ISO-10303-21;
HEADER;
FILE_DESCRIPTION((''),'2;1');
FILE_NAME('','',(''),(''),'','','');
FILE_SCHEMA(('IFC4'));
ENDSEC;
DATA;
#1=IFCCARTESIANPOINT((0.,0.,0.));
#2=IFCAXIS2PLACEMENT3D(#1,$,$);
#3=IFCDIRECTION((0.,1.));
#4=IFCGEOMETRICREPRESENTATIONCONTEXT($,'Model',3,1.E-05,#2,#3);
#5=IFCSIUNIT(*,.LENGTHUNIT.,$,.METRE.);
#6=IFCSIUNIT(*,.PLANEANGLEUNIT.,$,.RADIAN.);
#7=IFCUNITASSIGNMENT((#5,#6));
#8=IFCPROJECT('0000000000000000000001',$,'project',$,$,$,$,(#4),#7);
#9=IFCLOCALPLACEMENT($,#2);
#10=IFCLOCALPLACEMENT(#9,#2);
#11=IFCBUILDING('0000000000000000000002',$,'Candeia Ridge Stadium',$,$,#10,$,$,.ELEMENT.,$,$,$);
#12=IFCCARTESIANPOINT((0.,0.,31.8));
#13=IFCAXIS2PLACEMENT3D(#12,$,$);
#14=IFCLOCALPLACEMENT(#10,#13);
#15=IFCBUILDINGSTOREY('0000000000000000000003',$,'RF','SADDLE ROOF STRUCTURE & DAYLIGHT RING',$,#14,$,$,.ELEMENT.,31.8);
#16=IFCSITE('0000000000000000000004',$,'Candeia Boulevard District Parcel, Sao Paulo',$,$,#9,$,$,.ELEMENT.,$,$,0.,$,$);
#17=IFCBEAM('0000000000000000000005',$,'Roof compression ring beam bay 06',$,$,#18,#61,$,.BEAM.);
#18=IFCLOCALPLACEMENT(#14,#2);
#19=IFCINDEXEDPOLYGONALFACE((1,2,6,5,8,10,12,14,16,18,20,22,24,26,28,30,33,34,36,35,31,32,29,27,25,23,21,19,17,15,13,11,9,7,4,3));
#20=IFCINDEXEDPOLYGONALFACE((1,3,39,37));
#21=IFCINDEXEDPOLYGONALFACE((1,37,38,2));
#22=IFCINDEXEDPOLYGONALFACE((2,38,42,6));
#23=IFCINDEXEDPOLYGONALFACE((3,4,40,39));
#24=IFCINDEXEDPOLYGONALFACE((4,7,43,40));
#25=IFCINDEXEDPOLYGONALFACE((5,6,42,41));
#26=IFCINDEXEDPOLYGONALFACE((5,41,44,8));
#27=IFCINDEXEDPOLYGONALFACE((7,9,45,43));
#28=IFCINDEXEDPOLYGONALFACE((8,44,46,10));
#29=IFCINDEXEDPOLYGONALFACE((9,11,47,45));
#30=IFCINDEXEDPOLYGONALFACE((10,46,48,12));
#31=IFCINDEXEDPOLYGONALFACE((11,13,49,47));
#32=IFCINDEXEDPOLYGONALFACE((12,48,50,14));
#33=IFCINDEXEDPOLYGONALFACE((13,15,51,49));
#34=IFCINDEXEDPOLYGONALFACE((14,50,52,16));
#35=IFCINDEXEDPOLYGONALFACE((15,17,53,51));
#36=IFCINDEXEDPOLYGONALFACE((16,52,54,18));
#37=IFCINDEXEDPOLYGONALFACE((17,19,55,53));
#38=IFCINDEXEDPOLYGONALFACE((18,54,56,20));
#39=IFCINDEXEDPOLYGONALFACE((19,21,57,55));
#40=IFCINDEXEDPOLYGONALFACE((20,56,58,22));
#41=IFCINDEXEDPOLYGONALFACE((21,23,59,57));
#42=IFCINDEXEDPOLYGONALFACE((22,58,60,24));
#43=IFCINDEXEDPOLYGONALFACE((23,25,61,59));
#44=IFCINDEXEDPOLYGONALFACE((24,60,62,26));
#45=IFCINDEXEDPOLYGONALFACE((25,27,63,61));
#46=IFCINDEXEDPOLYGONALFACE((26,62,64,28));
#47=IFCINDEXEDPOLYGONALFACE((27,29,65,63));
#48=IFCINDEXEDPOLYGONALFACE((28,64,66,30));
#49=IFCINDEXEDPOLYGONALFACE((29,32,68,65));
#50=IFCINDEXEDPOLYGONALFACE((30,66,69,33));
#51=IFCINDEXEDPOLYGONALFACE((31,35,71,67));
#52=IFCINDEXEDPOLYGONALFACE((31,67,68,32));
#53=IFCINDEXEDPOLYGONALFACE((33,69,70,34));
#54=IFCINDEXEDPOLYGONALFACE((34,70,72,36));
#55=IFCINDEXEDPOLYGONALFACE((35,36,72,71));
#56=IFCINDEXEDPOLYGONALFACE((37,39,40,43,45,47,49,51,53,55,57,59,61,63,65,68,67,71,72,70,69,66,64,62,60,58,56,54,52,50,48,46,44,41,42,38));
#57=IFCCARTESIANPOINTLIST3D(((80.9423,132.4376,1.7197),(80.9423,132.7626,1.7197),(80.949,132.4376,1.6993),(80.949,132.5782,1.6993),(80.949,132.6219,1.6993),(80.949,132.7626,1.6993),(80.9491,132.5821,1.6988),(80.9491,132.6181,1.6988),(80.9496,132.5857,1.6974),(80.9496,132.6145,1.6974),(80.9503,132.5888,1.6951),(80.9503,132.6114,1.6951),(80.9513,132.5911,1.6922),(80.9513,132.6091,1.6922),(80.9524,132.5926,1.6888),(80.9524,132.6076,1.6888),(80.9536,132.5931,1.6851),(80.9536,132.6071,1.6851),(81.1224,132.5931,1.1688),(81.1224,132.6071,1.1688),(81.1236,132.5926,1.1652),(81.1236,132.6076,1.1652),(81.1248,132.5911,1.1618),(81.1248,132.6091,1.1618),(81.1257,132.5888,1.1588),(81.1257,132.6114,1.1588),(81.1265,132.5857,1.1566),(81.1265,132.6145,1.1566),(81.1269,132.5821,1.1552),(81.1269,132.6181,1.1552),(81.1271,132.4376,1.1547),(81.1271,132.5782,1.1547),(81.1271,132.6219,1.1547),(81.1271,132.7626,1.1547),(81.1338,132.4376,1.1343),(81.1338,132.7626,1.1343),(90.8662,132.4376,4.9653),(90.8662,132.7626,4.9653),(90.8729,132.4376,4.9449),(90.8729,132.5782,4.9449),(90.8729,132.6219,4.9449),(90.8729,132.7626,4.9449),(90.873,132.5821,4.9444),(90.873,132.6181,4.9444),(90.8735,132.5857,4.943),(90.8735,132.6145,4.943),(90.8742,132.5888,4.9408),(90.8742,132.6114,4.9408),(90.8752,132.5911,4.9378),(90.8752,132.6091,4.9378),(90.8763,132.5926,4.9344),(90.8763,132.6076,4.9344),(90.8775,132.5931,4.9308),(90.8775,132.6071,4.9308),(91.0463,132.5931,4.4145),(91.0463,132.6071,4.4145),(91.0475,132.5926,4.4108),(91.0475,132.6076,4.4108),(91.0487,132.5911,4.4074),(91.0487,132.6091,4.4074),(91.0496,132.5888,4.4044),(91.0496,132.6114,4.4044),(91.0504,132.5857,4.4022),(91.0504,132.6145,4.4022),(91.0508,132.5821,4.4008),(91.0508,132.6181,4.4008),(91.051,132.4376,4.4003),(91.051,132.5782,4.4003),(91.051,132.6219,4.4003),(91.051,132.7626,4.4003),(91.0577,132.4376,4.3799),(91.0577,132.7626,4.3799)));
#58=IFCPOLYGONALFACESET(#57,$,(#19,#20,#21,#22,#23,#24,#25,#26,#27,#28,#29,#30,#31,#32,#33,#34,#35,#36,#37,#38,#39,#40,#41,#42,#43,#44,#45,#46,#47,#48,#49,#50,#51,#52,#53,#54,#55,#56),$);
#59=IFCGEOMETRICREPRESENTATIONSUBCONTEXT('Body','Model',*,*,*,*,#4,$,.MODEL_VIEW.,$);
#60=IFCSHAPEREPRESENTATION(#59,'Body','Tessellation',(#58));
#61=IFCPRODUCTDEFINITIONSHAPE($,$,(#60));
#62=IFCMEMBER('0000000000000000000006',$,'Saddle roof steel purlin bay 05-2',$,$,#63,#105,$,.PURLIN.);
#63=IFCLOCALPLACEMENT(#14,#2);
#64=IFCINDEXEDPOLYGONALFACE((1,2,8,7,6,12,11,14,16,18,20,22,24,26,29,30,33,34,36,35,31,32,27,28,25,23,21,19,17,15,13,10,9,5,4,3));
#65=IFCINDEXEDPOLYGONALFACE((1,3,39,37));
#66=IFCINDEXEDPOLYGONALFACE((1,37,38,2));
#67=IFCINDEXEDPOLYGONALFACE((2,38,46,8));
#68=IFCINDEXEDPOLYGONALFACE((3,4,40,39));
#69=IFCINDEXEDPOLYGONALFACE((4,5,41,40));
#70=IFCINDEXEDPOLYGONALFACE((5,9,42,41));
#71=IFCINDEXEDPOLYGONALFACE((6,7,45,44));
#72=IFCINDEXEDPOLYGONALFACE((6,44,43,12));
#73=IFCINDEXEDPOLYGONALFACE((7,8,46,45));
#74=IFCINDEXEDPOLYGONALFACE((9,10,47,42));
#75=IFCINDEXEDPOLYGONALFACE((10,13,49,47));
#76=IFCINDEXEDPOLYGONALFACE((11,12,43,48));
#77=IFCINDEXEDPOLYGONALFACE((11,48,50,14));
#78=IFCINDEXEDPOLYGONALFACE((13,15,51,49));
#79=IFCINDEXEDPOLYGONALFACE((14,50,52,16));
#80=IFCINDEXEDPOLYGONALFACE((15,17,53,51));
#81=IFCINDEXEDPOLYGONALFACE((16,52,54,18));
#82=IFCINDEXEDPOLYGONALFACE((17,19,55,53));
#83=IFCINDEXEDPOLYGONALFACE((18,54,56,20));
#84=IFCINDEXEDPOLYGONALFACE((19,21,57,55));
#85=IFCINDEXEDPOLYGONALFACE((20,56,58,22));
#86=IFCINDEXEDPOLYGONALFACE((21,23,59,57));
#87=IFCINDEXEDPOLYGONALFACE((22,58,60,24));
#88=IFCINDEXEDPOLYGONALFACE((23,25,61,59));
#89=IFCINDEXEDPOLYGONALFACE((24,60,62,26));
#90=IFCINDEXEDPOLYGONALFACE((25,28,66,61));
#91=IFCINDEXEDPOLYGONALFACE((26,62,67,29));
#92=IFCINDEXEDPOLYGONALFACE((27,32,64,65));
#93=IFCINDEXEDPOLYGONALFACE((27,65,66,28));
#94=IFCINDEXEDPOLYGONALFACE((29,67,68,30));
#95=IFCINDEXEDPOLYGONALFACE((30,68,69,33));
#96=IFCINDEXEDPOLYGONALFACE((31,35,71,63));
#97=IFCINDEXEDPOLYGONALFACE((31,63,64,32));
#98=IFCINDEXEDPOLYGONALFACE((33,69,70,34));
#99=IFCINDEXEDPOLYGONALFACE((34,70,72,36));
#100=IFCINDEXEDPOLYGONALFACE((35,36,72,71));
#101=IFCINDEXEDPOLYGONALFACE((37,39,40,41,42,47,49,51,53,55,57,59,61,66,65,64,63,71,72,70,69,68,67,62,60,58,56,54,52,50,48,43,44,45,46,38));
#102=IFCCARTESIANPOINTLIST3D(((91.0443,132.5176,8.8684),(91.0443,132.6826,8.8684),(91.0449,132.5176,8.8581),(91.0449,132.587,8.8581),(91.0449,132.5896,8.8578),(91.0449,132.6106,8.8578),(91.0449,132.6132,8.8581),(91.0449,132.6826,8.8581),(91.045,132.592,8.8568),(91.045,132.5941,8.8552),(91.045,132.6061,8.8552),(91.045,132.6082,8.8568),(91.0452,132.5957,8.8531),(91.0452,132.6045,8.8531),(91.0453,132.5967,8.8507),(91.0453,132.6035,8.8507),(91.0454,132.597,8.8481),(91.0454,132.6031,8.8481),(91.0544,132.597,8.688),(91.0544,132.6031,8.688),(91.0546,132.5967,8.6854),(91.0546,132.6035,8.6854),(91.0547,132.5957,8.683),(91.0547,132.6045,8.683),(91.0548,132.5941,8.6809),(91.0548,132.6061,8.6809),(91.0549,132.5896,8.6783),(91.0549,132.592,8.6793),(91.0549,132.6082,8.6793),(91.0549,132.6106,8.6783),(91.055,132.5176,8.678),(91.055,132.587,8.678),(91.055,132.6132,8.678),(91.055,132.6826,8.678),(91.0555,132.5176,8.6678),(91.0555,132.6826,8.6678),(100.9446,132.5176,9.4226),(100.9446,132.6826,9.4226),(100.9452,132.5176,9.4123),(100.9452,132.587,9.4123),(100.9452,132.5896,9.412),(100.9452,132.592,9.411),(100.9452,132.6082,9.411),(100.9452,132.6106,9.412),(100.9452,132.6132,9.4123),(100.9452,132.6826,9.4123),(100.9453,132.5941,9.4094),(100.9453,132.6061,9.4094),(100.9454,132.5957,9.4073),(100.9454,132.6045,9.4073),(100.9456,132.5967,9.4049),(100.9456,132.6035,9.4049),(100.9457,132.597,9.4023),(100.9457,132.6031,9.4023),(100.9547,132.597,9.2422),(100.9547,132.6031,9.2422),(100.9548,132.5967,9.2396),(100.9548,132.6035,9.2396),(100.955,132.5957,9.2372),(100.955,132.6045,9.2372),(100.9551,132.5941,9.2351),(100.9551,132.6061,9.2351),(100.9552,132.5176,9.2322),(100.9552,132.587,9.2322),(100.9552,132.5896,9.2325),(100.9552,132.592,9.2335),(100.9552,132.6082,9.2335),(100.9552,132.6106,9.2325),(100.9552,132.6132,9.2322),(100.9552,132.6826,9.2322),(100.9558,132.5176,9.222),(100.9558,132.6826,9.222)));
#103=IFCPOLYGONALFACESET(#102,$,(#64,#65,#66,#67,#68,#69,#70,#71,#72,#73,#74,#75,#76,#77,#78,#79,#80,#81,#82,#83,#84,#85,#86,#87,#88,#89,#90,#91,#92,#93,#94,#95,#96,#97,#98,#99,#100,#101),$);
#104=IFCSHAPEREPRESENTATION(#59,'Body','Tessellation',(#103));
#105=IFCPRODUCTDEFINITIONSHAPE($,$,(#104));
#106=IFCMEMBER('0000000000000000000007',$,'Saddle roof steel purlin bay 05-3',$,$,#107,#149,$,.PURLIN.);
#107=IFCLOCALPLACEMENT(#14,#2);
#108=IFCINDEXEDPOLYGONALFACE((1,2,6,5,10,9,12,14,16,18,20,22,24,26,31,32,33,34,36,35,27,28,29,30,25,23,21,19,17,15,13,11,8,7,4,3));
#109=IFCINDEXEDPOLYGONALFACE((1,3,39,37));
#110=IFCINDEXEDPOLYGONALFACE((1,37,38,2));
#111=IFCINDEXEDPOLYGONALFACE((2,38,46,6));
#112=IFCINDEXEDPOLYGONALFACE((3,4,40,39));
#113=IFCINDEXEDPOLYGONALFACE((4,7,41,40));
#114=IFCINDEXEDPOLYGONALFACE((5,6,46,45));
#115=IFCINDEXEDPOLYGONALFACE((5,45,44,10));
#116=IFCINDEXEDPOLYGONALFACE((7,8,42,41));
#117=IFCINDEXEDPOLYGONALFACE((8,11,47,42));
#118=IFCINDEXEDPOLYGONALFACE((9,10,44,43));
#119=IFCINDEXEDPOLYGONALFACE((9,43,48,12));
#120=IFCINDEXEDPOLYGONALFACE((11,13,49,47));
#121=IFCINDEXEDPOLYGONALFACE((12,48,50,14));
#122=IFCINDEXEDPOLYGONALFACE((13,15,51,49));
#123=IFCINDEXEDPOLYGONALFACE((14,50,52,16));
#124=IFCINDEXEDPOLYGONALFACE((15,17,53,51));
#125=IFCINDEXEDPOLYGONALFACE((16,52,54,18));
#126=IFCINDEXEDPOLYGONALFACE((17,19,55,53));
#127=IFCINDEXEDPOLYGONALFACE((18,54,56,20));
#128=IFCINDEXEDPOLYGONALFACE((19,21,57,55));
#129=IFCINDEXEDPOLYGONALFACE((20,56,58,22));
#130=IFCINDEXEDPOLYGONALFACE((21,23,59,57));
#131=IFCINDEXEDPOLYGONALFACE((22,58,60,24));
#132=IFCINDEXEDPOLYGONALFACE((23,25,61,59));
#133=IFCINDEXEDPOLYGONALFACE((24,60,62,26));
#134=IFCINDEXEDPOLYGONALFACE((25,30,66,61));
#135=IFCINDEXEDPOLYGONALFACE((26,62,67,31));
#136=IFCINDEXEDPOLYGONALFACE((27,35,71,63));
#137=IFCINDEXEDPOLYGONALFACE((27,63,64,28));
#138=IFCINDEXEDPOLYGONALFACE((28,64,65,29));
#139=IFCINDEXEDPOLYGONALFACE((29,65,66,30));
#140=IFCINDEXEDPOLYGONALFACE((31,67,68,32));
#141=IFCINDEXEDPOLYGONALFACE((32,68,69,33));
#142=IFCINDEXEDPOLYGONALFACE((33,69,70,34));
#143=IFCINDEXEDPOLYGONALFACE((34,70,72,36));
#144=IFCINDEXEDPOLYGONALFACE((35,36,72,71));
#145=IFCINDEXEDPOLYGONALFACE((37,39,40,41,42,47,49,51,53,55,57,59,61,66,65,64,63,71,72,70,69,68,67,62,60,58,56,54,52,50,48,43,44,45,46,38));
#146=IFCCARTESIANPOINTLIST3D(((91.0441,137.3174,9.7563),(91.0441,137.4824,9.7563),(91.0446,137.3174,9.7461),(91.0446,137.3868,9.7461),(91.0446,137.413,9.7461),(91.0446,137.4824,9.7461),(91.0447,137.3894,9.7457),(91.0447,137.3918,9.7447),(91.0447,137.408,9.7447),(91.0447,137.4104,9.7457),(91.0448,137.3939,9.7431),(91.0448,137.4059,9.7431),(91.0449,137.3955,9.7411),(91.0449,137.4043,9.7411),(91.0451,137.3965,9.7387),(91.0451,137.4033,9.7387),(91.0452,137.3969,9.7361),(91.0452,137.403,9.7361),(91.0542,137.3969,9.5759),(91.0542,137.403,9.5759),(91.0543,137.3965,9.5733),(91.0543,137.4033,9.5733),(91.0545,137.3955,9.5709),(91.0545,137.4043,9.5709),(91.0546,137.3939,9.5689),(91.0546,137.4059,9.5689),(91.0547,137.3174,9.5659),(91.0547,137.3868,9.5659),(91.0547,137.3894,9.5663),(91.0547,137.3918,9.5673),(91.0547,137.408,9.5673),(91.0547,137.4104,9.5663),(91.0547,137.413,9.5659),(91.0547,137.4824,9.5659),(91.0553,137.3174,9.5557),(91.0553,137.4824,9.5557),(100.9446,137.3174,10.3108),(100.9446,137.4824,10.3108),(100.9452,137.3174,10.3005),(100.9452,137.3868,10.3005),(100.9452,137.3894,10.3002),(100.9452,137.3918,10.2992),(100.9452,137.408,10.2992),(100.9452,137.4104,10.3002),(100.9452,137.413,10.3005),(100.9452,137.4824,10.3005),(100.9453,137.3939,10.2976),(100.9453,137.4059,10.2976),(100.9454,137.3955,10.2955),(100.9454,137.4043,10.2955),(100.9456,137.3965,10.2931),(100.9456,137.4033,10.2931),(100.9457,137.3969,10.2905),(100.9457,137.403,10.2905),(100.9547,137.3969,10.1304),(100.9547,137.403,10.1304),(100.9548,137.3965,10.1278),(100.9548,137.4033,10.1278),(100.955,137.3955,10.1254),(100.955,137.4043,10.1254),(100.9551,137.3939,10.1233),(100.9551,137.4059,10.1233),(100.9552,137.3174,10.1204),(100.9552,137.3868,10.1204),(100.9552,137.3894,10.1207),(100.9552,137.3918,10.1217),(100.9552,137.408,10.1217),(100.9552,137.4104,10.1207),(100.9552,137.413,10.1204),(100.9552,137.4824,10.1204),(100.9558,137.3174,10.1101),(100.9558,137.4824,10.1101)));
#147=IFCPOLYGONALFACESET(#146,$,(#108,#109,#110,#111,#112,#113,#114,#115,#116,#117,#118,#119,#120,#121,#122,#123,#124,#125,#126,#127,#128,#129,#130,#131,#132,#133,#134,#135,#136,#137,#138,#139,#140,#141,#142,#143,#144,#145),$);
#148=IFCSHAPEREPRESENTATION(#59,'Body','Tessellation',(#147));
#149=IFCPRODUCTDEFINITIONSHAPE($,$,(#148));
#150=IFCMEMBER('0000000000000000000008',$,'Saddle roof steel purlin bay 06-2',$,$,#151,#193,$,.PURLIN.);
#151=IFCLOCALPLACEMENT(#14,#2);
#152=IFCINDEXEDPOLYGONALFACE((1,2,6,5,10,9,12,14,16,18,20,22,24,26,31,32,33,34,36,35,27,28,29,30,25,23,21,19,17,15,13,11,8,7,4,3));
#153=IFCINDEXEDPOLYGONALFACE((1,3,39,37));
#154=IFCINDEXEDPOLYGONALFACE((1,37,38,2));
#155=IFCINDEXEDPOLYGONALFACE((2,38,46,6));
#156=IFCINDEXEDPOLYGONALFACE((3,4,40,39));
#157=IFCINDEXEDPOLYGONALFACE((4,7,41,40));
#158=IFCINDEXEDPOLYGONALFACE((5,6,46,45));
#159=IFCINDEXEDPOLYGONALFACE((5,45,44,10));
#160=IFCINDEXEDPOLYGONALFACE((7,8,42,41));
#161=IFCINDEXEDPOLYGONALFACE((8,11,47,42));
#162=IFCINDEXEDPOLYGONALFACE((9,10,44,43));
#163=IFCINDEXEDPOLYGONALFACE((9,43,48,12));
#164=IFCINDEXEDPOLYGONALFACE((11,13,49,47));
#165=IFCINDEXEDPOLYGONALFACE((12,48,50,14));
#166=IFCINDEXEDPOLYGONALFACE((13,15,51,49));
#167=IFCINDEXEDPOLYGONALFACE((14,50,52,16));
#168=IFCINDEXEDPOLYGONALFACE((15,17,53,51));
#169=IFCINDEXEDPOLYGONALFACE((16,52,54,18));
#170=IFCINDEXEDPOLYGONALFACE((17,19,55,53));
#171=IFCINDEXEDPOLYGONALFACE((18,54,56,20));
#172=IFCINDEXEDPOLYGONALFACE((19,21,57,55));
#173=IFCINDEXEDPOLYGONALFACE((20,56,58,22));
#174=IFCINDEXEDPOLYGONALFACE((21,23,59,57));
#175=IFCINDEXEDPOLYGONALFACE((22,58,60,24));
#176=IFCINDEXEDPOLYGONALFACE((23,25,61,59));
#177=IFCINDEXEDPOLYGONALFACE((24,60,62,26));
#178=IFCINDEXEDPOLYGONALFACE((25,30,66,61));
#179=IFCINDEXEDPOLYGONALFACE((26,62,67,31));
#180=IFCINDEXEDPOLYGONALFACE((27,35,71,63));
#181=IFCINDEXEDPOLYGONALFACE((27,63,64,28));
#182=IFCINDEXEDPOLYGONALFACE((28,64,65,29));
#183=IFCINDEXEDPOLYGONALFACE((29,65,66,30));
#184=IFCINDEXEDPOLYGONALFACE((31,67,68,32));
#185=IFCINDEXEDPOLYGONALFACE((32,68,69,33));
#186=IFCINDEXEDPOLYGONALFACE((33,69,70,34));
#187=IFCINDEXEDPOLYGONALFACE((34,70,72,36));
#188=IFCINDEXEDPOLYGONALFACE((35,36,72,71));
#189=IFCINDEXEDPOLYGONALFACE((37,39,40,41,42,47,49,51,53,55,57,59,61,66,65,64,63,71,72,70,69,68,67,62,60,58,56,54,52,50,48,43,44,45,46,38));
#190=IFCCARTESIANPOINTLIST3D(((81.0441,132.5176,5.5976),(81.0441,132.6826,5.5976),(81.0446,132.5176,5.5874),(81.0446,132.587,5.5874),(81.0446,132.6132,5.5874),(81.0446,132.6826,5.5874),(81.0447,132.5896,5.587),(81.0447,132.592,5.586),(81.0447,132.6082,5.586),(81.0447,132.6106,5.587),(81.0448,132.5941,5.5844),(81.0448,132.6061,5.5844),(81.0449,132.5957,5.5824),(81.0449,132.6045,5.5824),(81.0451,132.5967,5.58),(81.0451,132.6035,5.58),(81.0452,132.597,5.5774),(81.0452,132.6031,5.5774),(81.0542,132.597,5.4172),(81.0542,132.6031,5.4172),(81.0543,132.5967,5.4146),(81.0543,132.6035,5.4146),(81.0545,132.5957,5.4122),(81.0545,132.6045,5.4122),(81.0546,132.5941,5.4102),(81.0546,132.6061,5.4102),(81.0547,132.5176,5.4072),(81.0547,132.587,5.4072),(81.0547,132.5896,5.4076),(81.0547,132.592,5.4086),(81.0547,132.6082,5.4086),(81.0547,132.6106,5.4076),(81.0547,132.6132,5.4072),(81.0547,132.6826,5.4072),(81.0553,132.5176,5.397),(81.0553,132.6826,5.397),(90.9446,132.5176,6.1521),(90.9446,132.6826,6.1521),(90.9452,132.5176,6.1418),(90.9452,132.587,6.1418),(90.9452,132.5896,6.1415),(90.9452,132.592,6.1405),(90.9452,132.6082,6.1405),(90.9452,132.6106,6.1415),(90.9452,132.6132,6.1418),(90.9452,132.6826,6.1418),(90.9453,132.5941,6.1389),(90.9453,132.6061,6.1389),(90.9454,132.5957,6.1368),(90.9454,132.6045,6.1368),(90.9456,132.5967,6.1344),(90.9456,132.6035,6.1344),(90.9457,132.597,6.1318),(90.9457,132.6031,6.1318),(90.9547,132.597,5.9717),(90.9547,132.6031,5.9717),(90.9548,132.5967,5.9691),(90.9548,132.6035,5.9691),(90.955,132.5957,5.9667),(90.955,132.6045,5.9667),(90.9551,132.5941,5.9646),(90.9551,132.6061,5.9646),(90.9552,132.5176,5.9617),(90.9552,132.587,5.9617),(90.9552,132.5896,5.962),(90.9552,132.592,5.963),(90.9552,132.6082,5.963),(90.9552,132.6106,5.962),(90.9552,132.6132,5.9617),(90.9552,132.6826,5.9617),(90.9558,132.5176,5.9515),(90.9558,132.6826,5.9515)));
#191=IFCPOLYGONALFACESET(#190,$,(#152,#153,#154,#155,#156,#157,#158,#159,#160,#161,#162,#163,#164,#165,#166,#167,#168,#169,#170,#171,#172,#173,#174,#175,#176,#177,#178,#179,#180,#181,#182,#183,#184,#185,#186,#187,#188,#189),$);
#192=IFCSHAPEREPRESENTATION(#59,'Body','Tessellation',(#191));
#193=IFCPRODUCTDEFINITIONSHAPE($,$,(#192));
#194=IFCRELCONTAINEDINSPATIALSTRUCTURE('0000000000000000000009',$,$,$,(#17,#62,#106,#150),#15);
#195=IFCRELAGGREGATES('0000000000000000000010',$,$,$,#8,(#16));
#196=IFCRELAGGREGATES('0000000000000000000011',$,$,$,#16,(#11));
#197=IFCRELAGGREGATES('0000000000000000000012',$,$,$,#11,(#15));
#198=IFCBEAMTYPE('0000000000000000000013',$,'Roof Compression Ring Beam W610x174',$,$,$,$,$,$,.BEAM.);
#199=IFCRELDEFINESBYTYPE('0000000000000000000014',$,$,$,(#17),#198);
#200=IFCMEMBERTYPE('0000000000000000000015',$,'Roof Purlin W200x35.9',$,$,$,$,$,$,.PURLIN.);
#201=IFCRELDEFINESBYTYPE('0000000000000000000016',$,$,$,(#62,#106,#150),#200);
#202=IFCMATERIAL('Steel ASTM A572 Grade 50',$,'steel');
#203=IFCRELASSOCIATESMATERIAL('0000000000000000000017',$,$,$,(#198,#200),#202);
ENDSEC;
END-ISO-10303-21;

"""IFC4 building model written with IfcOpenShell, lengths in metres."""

from ifc_helpers import new_model, si_unit, direction, frame, origin, origin_2d, place, context, subcontext, project, spatial, i_section, extrude, material, material_profile, profile_set, type_object, element, save


model = new_model("IFC4")

# Units and contexts
model_context = context("Model", 3, precision=1e-05, world=origin(), true_north=direction((0.0, 1.0)))
body_context = subcontext(model_context, "Body", "Model", "MODEL_VIEW")
ifc_project = project(units=[si_unit("LENGTHUNIT", "METRE"), si_unit("PLANEANGLEUNIT", "RADIAN")], contexts=[model_context])

# Site, building, storey
site_placement = place(None, origin())
site = spatial("IfcSite", under=ifc_project, at=site_placement, Name="Candeia Boulevard District Parcel, Sao Paulo", CompositionType="ELEMENT", RefElevation=0.0)
building_placement = place(site_placement, origin())
building = spatial("IfcBuilding", under=site, at=building_placement, Name="Candeia Ridge Stadium", CompositionType="ELEMENT")
storey_placement = place(building_placement, frame((0.0, 0.0, 31.8)))
storey = spatial("IfcBuildingStorey", under=building, at=storey_placement, Name="RF", Description="SADDLE ROOF STRUCTURE & DAYLIGHT RING", CompositionType="ELEMENT", Elevation=31.8)

# Shared definitions
ifc_material = material(Name="Steel ASTM A572 Grade 50", Category="steel")

# Beam
ifc_material_profile_1 = material_profile(ifc_material, i_section(OverallWidth=0.325, OverallDepth=0.616, WebThickness=0.0139, FlangeThickness=0.0215, FilletRadius=0.0149, at=origin_2d()), Name="W610x174", Category="steel")
ifc_profile_set_1 = profile_set([ifc_material_profile_1], Name="Steel ASTM A572 Grade 50")
beam_type = type_object("IfcBeamType", Name="Roof Compression Ring Beam W610x174", PredefinedType="BEAM", material=ifc_profile_set_1)
beam_1_placement = place(storey_placement, frame((90.9619, 132.6001, 4.6726), z_axis=(-0.950459, 0.0, -0.310849), x_axis=(0.0, -1.0, 0.0)))
element("IfcBeam", 1, at=beam_1_placement, inside=storey, type_object=beam_type, Name="Roof compression ring beam bay 06", PredefinedType="BEAM", context=body_context, shape_type="SweptSolid", body=[
    extrude(i_section(OverallWidth=0.325, OverallDepth=0.616, WebThickness=0.0139, FlangeThickness=0.0215, FilletRadius=0.0149, at=origin_2d()), origin(), (0.0, 0.0, 1.0), 10.4412),
])

# Members
ifc_material_profile_2 = material_profile(ifc_material, i_section(OverallWidth=0.165, OverallDepth=0.2009, WebThickness=0.0061, FlangeThickness=0.0103, FilletRadius=0.01, at=origin_2d()), Name="W200x35.9", Category="steel")
ifc_profile_set_2 = profile_set([ifc_material_profile_2], Name="Steel ASTM A572 Grade 50")
member_type_1 = type_object("IfcMemberType", Name="Roof Purlin W200x35.9", PredefinedType="PURLIN", material=ifc_profile_set_2)
member_1_placement = place(storey_placement, frame((100.9502, 132.6001, 9.3223), z_axis=(-0.998437, 0.0, -0.05589), x_axis=(0.0, -1.0, 0.0)))
element("IfcMember", 2, at=member_1_placement, inside=storey, type_object=member_type_1, Name="Saddle roof steel purlin bay 05-2", PredefinedType="PURLIN", context=body_context, shape_type="SweptSolid", body=[
    extrude(i_section(OverallWidth=0.165, OverallDepth=0.2009, WebThickness=0.0061, FlangeThickness=0.0103, FilletRadius=0.01, at=origin_2d()), origin(), (0.0, 0.0, 1.0), 9.9158),
])
for number, where, z_axis, x_axis, name in (
    (3, (100.9502, 137.3999, 10.2104), (-0.998436, 0.0, -0.055915), (0.0, -1.0, 0.0), "Saddle roof steel purlin bay 05-3"),
    (4, (90.9502, 132.6001, 6.0518), (-0.998436, 0.0, -0.055915), (0.0, -1.0, 0.0), "Saddle roof steel purlin bay 06-2"),
):
    element("IfcMember", number, at=place(storey_placement, frame(where, z_axis=z_axis, x_axis=x_axis)), inside=storey, type_object=member_type_1, Name=name, PredefinedType="PURLIN", context=body_context, shape_type="SweptSolid", body=[
        extrude(i_section(OverallWidth=0.165, OverallDepth=0.2009, WebThickness=0.0061, FlangeThickness=0.0103, FilletRadius=0.01, at=origin_2d()), origin(), (0.0, 0.0, 1.0), 9.916),
    ])

save(model, "model.ifc")
